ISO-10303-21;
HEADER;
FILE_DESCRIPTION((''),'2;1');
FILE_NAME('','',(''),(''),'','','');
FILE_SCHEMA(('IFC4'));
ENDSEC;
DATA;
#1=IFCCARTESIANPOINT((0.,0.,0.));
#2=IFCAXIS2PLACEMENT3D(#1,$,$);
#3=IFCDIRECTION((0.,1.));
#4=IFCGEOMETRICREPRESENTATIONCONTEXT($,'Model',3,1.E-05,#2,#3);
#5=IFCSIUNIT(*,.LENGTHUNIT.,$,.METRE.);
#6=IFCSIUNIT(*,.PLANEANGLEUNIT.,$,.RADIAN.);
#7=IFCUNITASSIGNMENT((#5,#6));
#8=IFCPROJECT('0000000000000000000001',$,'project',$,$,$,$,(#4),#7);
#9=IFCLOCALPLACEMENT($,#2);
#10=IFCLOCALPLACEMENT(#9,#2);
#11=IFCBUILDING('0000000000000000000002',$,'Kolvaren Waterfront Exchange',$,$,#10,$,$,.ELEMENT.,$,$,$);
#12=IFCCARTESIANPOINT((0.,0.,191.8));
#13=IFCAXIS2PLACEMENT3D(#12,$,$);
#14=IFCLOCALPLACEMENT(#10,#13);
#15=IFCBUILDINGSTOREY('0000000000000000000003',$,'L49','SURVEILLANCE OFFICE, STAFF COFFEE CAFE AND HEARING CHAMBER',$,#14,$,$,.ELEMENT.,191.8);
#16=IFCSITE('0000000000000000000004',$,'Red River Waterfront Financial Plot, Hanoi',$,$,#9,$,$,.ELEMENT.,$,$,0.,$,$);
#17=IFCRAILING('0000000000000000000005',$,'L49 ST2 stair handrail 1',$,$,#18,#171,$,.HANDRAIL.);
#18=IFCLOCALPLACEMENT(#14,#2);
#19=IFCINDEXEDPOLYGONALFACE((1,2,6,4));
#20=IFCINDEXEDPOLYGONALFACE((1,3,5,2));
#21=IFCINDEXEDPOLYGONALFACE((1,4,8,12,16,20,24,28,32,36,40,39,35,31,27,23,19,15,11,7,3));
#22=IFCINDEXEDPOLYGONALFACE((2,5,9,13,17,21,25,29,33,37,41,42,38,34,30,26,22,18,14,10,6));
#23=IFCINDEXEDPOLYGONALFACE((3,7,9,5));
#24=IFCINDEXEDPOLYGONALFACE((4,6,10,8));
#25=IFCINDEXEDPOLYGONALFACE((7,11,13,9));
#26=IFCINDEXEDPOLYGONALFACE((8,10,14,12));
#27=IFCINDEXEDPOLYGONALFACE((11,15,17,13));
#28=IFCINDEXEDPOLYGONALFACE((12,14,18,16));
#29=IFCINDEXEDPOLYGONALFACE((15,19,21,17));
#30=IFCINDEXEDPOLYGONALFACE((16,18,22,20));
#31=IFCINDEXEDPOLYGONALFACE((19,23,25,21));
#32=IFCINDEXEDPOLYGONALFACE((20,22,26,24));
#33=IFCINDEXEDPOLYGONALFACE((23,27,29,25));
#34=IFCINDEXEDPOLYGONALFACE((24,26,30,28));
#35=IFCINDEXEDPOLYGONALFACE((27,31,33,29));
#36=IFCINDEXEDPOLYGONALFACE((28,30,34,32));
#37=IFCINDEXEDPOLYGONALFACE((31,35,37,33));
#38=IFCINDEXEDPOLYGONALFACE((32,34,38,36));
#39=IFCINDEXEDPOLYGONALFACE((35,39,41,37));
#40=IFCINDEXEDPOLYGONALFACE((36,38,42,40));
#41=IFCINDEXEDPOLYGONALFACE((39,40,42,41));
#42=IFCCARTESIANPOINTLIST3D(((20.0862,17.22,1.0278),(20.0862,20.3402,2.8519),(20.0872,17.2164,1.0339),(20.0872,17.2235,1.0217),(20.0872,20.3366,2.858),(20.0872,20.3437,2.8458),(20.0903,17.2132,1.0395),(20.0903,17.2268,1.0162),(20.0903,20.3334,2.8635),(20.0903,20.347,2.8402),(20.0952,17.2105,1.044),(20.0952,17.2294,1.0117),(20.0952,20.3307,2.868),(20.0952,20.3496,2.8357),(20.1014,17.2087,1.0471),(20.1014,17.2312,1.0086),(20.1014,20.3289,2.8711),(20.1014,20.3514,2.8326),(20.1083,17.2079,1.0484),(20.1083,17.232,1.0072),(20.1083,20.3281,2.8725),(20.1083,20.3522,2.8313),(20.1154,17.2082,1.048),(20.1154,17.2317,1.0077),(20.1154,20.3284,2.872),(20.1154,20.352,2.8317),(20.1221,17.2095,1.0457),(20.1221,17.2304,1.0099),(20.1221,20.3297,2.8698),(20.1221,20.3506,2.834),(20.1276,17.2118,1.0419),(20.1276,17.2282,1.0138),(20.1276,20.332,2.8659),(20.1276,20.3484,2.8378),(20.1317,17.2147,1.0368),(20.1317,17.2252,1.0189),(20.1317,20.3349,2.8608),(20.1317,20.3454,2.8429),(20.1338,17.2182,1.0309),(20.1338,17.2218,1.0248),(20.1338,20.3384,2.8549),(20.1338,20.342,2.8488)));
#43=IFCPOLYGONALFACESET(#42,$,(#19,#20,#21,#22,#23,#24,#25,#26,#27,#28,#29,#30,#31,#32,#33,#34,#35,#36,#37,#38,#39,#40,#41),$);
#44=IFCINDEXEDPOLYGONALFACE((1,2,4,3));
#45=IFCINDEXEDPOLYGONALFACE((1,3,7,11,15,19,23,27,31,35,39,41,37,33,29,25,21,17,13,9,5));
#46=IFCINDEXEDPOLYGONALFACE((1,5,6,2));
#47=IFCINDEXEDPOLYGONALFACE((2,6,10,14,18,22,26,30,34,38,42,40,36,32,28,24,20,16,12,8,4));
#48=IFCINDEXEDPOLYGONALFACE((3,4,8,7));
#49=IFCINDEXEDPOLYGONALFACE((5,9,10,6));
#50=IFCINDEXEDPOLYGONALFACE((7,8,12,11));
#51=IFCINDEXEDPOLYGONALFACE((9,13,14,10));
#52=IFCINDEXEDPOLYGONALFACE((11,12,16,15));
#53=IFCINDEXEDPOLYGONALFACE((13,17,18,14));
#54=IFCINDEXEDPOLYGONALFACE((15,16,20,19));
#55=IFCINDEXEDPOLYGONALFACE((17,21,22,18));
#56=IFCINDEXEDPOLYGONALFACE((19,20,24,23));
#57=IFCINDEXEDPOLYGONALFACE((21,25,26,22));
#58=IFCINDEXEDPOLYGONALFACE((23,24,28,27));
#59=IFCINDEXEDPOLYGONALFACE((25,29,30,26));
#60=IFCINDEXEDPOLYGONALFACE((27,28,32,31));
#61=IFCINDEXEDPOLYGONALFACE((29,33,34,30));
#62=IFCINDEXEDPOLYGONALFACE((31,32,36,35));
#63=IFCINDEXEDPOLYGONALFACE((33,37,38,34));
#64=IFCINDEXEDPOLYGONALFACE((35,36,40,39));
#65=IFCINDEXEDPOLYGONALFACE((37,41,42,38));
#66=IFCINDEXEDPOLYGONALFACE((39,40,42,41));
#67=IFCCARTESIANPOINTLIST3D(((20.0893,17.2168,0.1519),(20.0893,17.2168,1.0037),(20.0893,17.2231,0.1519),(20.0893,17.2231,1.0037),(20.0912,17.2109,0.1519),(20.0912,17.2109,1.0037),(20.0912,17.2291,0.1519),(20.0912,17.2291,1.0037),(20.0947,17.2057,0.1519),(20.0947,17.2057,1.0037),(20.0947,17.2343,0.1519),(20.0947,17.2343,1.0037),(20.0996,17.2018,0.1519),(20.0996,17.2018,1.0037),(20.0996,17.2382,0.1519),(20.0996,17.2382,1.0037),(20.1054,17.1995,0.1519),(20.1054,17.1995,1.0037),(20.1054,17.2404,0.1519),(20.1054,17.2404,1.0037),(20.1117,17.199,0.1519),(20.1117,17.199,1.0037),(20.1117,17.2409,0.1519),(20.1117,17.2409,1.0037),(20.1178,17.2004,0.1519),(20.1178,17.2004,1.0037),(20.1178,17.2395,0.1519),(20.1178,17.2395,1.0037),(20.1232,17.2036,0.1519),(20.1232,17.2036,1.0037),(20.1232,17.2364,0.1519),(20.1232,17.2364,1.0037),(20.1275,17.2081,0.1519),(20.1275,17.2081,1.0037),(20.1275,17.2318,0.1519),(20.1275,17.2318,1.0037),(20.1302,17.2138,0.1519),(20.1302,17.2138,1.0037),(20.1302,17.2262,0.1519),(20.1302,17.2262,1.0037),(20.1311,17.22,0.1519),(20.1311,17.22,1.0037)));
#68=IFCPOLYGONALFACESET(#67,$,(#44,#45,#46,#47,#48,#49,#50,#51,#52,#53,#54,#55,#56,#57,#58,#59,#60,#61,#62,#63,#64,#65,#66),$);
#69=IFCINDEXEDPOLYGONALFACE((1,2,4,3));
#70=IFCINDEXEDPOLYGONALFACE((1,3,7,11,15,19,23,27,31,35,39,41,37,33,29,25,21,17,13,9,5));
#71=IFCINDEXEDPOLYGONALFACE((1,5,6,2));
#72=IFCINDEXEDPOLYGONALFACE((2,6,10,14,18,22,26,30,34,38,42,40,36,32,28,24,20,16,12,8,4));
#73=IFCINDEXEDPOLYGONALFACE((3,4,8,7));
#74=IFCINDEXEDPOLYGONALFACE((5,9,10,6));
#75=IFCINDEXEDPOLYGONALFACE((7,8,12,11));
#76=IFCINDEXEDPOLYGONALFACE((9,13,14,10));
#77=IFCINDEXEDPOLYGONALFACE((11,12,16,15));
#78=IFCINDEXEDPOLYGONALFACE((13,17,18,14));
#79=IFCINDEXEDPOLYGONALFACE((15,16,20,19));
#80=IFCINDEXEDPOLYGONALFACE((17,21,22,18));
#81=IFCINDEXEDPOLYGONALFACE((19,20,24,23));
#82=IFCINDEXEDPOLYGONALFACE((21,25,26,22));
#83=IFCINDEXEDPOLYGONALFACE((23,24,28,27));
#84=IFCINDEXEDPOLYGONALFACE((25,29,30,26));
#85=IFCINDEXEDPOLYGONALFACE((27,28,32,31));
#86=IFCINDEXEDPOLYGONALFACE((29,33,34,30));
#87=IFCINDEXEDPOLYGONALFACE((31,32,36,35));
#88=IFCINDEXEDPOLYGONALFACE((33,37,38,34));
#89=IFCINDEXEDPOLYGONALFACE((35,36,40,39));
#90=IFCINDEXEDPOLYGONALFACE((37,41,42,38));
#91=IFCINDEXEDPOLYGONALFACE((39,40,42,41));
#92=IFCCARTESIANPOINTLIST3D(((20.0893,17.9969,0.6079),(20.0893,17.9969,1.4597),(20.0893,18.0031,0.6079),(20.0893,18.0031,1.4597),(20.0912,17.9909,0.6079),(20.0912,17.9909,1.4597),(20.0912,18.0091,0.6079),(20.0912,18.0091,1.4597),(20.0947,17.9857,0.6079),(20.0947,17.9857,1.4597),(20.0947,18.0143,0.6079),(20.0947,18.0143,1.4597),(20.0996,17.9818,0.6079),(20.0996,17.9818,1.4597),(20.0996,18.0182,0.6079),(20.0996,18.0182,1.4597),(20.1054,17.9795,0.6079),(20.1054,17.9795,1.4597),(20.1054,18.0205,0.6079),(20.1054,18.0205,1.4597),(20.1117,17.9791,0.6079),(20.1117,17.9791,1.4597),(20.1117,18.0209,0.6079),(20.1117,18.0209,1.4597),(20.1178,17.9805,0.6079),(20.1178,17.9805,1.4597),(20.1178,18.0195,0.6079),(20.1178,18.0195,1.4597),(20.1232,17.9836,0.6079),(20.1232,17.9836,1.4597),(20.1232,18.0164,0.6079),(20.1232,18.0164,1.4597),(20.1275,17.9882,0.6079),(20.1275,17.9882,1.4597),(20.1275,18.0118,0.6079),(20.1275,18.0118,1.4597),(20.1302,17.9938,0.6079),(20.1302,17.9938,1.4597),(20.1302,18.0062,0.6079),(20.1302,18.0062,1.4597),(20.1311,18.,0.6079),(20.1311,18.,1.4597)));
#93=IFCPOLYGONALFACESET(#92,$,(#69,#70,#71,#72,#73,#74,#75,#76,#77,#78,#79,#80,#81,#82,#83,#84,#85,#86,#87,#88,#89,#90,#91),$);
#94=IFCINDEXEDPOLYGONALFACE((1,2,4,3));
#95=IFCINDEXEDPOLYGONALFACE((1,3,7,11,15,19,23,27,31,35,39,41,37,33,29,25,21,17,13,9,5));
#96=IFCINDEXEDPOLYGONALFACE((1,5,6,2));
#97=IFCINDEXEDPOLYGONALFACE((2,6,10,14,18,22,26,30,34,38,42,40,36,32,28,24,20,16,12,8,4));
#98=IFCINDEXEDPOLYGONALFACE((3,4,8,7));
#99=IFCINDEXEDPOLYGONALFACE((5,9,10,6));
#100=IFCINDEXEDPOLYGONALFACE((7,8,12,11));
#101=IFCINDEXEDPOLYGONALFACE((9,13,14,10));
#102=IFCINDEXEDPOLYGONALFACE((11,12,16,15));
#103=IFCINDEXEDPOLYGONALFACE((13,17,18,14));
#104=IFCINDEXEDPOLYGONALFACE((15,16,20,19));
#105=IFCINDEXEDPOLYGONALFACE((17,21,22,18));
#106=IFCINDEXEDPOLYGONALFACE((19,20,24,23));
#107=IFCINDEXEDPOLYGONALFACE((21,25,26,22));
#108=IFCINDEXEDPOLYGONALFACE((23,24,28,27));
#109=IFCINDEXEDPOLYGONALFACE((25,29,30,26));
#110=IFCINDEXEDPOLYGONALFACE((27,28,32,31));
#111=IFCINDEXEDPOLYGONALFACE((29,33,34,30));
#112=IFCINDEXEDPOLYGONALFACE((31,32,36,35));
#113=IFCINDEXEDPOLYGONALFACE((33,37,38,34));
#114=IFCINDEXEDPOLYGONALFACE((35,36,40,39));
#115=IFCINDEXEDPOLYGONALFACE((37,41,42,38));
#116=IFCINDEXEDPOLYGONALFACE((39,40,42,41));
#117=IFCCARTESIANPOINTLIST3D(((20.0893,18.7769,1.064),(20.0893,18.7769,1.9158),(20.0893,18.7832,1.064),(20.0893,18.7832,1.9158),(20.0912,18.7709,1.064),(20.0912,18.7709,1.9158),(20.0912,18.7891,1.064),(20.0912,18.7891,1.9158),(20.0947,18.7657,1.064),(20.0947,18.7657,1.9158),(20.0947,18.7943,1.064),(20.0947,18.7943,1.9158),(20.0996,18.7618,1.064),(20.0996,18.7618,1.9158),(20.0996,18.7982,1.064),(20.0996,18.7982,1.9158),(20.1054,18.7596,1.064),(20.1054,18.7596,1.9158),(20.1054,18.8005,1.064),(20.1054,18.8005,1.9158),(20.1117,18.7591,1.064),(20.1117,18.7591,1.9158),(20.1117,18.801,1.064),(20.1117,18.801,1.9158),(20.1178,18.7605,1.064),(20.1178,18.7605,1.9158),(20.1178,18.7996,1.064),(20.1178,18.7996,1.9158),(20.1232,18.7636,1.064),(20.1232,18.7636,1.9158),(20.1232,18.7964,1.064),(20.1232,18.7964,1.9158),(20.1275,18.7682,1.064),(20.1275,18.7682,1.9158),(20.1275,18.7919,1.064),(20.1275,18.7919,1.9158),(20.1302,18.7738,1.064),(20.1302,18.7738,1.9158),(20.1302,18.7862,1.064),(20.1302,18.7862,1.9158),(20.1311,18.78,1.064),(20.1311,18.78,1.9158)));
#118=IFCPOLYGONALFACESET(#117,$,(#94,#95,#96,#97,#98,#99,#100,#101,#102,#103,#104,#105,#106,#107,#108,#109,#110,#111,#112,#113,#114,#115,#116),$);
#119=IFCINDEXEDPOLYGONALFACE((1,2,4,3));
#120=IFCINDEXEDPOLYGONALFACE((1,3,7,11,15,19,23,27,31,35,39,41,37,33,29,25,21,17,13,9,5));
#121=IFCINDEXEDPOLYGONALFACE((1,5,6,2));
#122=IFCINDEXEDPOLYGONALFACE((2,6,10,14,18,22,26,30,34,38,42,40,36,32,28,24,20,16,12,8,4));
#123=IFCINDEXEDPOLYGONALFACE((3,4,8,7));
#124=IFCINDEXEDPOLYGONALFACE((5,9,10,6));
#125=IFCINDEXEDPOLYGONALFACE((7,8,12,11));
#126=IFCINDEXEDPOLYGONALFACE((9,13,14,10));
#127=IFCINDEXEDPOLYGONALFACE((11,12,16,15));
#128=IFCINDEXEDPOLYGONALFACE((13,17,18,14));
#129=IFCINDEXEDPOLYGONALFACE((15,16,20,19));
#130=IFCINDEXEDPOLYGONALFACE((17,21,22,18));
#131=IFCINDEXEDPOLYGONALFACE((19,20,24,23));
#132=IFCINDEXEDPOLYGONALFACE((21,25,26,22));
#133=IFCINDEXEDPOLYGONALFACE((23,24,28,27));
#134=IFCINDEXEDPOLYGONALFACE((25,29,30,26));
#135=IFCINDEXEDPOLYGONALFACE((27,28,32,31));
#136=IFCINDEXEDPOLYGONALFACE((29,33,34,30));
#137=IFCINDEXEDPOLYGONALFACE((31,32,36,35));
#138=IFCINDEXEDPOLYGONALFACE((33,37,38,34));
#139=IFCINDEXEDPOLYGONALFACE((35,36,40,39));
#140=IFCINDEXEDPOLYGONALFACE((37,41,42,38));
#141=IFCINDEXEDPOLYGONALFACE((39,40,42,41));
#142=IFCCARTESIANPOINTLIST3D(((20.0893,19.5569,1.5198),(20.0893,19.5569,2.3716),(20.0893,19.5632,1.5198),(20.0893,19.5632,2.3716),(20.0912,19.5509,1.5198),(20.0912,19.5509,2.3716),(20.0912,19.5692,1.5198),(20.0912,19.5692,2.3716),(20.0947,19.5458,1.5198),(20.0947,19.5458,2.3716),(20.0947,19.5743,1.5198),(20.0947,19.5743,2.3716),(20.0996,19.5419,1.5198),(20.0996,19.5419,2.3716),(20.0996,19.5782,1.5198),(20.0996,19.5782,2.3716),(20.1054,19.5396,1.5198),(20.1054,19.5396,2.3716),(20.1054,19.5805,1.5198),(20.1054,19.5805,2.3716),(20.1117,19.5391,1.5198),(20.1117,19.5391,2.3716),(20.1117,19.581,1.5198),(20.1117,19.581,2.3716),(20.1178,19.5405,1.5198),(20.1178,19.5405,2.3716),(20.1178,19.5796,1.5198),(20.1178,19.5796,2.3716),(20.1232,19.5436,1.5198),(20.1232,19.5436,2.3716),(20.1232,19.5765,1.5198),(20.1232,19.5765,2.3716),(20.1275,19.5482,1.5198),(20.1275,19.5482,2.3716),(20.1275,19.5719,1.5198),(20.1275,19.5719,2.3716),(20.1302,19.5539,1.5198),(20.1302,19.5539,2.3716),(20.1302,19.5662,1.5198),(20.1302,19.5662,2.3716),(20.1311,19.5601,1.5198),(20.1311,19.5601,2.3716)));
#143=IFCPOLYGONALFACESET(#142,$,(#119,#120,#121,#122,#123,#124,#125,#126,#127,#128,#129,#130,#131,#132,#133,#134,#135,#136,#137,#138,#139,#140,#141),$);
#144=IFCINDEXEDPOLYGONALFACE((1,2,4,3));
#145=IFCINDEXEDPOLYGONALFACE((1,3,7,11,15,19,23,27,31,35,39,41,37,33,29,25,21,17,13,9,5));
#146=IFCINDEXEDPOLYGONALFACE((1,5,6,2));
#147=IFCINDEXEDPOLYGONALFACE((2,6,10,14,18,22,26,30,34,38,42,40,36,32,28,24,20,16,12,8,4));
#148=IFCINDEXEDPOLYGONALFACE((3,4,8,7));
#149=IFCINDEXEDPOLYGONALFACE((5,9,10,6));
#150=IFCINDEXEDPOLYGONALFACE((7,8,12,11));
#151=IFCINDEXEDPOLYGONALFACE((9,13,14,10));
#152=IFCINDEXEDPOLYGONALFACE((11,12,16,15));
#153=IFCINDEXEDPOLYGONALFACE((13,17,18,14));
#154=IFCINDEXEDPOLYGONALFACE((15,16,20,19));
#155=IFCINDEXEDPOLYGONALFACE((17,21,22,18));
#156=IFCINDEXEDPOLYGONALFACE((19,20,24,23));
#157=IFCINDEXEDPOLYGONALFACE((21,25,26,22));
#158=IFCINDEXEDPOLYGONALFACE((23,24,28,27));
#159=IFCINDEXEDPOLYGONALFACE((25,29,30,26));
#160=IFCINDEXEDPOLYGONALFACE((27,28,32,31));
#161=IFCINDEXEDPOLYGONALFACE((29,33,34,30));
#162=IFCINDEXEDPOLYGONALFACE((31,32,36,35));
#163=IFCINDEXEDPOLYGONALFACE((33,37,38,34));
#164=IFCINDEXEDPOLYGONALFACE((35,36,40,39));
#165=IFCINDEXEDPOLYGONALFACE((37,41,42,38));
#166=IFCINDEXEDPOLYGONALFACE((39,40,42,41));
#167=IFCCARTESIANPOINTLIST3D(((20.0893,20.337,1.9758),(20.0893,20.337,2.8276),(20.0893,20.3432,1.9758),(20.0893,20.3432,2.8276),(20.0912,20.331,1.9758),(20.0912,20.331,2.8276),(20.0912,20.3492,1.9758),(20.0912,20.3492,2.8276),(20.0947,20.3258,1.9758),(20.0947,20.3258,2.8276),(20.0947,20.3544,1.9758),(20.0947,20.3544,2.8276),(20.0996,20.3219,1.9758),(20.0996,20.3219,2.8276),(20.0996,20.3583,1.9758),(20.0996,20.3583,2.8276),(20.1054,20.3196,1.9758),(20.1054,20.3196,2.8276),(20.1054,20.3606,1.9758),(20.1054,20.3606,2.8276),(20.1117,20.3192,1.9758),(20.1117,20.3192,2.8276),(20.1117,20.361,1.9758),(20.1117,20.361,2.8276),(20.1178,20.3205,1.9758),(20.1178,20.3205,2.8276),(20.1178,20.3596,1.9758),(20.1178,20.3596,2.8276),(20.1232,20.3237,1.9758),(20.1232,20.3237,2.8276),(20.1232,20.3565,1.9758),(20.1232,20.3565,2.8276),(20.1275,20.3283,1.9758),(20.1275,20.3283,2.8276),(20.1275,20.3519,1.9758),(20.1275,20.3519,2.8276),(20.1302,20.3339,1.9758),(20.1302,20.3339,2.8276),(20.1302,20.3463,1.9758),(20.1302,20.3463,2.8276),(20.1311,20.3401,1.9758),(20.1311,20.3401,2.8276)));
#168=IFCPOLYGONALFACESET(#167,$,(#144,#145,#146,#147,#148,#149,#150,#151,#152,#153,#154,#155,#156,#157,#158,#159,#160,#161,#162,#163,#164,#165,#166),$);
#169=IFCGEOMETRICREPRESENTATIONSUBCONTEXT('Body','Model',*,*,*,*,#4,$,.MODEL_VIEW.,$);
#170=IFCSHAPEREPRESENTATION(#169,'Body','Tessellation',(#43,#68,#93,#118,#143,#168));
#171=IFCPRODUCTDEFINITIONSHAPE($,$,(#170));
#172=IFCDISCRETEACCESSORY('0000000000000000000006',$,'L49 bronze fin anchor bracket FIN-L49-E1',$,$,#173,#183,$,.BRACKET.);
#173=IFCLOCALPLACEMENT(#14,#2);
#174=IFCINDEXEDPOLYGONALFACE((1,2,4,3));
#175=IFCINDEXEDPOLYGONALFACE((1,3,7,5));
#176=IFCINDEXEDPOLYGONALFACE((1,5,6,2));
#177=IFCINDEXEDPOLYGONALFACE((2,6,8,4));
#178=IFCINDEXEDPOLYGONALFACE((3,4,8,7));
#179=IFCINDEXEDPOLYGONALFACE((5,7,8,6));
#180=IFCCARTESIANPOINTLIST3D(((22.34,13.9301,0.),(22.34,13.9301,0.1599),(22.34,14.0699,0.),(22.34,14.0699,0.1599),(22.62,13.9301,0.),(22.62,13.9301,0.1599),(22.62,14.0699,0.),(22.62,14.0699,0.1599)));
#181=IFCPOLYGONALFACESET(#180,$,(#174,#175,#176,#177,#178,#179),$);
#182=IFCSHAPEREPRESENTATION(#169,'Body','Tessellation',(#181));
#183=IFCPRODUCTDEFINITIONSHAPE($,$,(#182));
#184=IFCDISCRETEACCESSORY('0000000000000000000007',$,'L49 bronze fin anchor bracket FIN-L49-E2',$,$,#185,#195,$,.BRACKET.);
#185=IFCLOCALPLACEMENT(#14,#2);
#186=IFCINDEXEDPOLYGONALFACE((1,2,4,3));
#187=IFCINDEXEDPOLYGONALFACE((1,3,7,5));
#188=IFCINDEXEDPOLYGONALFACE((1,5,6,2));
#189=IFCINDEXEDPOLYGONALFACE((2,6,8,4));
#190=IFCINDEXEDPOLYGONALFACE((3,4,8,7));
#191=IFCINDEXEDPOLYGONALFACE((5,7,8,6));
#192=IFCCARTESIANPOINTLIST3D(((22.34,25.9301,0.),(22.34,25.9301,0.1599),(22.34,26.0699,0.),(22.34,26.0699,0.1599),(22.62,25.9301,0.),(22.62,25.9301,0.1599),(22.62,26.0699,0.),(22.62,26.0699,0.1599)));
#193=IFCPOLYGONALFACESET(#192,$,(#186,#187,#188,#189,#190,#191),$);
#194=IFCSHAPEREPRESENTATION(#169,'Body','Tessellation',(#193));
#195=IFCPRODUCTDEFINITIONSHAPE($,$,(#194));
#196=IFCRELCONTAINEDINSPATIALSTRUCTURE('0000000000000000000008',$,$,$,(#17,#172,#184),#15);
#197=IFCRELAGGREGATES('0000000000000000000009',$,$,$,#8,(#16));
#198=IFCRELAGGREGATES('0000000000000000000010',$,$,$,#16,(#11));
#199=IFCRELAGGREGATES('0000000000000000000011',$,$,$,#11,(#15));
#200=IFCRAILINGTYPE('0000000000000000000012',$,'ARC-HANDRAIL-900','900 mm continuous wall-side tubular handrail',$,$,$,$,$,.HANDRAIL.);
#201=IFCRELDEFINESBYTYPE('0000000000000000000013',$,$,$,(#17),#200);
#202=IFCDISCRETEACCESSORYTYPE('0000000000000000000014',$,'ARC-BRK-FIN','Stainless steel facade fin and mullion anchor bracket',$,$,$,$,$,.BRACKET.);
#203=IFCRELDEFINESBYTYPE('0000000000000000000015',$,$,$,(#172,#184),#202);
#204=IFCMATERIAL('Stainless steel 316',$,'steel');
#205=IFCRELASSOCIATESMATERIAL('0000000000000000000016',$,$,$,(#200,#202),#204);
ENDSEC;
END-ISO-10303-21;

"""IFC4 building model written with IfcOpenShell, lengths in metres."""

from ifc_helpers import new_model, si_unit, direction, frame, origin, origin_with_axes, origin_2d, place, context, subcontext, project, spatial, rectangle, circle, extrude, source, transform, mapped, material, type_object, element, save


model = new_model("IFC4")

# Units and contexts
model_context = context("Model", 3, precision=1e-05, world=origin(), true_north=direction((0.0, 1.0)))
body_context = subcontext(model_context, "Body", "Model", "MODEL_VIEW")
ifc_project = project(units=[si_unit("LENGTHUNIT", "METRE"), si_unit("PLANEANGLEUNIT", "RADIAN")], contexts=[model_context])

# Site, building, storey
site_placement = place(None, origin())
site = spatial("IfcSite", under=ifc_project, at=site_placement, Name="Red River Waterfront Financial Plot, Hanoi", CompositionType="ELEMENT", RefElevation=0.0)
building_placement = place(site_placement, origin())
building = spatial("IfcBuilding", under=site, at=building_placement, Name="Kolvaren Waterfront Exchange", CompositionType="ELEMENT")
storey_placement = place(building_placement, frame((0.0, 0.0, 191.8)))
storey = spatial("IfcBuildingStorey", under=building, at=storey_placement, Name="L49", Description="SURVEILLANCE OFFICE, STAFF COFFEE CAFE AND HEARING CHAMBER", CompositionType="ELEMENT", Elevation=191.8)

# Railing
ifc_material_1 = material(Name="Stainless steel 316", Category="steel")
railing_type = type_object("IfcRailingType", Name="ARC-HANDRAIL-900", Description="900 mm continuous wall-side tubular handrail", PredefinedType="HANDRAIL", material=ifc_material_1)
railing_placement = place(storey_placement, frame((20.1101, 17.22, 0.1519)))
element("IfcRailing", 1, at=railing_placement, inside=storey, type_object=railing_type, Name="L49 ST2 stair handrail 1", PredefinedType="HANDRAIL", context=body_context, shape_type="SweptSolid", body=[
    extrude(circle(Radius=0.0239, at=origin_2d()), frame((0.0, 0.0, 0.876), z_axis=(0.0, 0.863308, 0.504677), x_axis=(-1.0, 0.0, 0.0)), (0.0, 0.0, 1.0), 3.6143),
    extrude(circle(Radius=0.021, at=origin_2d()), origin(), (0.0, 0.0, 1.0), 0.8518),
    extrude(circle(Radius=0.021, at=origin_2d()), frame((0.0, 0.78, 0.4561)), (0.0, 0.0, 1.0), 0.8518),
    extrude(circle(Radius=0.021, at=origin_2d()), frame((0.0, 1.5601, 0.9121)), (0.0, 0.0, 1.0), 0.8518),
    extrude(circle(Radius=0.021, at=origin_2d()), frame((0.0, 2.3401, 1.3679)), (0.0, 0.0, 1.0), 0.8518),
    extrude(circle(Radius=0.021, at=origin_2d()), frame((0.0, 3.1201, 1.824)), (0.0, 0.0, 1.0), 0.8518),
])

# Discrete accessories
discrete_accessory_type = type_object("IfcDiscreteAccessoryType", Name="ARC-BRK-FIN", Description="Stainless steel facade fin and mullion anchor bracket", PredefinedType="BRACKET", material=ifc_material_1)
shared_shape_1 = source(origin_with_axes(), body_context, "Body", "SweptSolid", [
    extrude(rectangle(XDim=0.28, YDim=0.1399, at=origin_2d()), origin(), (0.0, 0.0, 1.0), 0.1599),
])
for number, where, z_axis, x_axis, name in (
    (2, (22.48, 14.0, 0.0), (0.0, 0.0, 1.0), (1.0, 0.0, 0.0), "L49 bronze fin anchor bracket FIN-L49-E1"),
    (3, (22.48, 26.0, 0.0), (0.0, 0.0, 1.0), (1.0, 0.0, 0.0), "L49 bronze fin anchor bracket FIN-L49-E2"),
):
    element("IfcDiscreteAccessory", number, at=place(storey_placement, frame(where, z_axis=z_axis, x_axis=x_axis)), inside=storey, type_object=discrete_accessory_type, Name=name, PredefinedType="BRACKET", context=body_context, shape_type="MappedRepresentation", body=[
        mapped(shared_shape_1, transform((0.0, 0.0, 0.0), x_axis=(1.0, 0.0, 0.0), y_axis=(0.0, 1.0, 0.0), z_axis=(0.0, 0.0, 1.0), scale=1.0)),
    ])

save(model, "model.ifc")
